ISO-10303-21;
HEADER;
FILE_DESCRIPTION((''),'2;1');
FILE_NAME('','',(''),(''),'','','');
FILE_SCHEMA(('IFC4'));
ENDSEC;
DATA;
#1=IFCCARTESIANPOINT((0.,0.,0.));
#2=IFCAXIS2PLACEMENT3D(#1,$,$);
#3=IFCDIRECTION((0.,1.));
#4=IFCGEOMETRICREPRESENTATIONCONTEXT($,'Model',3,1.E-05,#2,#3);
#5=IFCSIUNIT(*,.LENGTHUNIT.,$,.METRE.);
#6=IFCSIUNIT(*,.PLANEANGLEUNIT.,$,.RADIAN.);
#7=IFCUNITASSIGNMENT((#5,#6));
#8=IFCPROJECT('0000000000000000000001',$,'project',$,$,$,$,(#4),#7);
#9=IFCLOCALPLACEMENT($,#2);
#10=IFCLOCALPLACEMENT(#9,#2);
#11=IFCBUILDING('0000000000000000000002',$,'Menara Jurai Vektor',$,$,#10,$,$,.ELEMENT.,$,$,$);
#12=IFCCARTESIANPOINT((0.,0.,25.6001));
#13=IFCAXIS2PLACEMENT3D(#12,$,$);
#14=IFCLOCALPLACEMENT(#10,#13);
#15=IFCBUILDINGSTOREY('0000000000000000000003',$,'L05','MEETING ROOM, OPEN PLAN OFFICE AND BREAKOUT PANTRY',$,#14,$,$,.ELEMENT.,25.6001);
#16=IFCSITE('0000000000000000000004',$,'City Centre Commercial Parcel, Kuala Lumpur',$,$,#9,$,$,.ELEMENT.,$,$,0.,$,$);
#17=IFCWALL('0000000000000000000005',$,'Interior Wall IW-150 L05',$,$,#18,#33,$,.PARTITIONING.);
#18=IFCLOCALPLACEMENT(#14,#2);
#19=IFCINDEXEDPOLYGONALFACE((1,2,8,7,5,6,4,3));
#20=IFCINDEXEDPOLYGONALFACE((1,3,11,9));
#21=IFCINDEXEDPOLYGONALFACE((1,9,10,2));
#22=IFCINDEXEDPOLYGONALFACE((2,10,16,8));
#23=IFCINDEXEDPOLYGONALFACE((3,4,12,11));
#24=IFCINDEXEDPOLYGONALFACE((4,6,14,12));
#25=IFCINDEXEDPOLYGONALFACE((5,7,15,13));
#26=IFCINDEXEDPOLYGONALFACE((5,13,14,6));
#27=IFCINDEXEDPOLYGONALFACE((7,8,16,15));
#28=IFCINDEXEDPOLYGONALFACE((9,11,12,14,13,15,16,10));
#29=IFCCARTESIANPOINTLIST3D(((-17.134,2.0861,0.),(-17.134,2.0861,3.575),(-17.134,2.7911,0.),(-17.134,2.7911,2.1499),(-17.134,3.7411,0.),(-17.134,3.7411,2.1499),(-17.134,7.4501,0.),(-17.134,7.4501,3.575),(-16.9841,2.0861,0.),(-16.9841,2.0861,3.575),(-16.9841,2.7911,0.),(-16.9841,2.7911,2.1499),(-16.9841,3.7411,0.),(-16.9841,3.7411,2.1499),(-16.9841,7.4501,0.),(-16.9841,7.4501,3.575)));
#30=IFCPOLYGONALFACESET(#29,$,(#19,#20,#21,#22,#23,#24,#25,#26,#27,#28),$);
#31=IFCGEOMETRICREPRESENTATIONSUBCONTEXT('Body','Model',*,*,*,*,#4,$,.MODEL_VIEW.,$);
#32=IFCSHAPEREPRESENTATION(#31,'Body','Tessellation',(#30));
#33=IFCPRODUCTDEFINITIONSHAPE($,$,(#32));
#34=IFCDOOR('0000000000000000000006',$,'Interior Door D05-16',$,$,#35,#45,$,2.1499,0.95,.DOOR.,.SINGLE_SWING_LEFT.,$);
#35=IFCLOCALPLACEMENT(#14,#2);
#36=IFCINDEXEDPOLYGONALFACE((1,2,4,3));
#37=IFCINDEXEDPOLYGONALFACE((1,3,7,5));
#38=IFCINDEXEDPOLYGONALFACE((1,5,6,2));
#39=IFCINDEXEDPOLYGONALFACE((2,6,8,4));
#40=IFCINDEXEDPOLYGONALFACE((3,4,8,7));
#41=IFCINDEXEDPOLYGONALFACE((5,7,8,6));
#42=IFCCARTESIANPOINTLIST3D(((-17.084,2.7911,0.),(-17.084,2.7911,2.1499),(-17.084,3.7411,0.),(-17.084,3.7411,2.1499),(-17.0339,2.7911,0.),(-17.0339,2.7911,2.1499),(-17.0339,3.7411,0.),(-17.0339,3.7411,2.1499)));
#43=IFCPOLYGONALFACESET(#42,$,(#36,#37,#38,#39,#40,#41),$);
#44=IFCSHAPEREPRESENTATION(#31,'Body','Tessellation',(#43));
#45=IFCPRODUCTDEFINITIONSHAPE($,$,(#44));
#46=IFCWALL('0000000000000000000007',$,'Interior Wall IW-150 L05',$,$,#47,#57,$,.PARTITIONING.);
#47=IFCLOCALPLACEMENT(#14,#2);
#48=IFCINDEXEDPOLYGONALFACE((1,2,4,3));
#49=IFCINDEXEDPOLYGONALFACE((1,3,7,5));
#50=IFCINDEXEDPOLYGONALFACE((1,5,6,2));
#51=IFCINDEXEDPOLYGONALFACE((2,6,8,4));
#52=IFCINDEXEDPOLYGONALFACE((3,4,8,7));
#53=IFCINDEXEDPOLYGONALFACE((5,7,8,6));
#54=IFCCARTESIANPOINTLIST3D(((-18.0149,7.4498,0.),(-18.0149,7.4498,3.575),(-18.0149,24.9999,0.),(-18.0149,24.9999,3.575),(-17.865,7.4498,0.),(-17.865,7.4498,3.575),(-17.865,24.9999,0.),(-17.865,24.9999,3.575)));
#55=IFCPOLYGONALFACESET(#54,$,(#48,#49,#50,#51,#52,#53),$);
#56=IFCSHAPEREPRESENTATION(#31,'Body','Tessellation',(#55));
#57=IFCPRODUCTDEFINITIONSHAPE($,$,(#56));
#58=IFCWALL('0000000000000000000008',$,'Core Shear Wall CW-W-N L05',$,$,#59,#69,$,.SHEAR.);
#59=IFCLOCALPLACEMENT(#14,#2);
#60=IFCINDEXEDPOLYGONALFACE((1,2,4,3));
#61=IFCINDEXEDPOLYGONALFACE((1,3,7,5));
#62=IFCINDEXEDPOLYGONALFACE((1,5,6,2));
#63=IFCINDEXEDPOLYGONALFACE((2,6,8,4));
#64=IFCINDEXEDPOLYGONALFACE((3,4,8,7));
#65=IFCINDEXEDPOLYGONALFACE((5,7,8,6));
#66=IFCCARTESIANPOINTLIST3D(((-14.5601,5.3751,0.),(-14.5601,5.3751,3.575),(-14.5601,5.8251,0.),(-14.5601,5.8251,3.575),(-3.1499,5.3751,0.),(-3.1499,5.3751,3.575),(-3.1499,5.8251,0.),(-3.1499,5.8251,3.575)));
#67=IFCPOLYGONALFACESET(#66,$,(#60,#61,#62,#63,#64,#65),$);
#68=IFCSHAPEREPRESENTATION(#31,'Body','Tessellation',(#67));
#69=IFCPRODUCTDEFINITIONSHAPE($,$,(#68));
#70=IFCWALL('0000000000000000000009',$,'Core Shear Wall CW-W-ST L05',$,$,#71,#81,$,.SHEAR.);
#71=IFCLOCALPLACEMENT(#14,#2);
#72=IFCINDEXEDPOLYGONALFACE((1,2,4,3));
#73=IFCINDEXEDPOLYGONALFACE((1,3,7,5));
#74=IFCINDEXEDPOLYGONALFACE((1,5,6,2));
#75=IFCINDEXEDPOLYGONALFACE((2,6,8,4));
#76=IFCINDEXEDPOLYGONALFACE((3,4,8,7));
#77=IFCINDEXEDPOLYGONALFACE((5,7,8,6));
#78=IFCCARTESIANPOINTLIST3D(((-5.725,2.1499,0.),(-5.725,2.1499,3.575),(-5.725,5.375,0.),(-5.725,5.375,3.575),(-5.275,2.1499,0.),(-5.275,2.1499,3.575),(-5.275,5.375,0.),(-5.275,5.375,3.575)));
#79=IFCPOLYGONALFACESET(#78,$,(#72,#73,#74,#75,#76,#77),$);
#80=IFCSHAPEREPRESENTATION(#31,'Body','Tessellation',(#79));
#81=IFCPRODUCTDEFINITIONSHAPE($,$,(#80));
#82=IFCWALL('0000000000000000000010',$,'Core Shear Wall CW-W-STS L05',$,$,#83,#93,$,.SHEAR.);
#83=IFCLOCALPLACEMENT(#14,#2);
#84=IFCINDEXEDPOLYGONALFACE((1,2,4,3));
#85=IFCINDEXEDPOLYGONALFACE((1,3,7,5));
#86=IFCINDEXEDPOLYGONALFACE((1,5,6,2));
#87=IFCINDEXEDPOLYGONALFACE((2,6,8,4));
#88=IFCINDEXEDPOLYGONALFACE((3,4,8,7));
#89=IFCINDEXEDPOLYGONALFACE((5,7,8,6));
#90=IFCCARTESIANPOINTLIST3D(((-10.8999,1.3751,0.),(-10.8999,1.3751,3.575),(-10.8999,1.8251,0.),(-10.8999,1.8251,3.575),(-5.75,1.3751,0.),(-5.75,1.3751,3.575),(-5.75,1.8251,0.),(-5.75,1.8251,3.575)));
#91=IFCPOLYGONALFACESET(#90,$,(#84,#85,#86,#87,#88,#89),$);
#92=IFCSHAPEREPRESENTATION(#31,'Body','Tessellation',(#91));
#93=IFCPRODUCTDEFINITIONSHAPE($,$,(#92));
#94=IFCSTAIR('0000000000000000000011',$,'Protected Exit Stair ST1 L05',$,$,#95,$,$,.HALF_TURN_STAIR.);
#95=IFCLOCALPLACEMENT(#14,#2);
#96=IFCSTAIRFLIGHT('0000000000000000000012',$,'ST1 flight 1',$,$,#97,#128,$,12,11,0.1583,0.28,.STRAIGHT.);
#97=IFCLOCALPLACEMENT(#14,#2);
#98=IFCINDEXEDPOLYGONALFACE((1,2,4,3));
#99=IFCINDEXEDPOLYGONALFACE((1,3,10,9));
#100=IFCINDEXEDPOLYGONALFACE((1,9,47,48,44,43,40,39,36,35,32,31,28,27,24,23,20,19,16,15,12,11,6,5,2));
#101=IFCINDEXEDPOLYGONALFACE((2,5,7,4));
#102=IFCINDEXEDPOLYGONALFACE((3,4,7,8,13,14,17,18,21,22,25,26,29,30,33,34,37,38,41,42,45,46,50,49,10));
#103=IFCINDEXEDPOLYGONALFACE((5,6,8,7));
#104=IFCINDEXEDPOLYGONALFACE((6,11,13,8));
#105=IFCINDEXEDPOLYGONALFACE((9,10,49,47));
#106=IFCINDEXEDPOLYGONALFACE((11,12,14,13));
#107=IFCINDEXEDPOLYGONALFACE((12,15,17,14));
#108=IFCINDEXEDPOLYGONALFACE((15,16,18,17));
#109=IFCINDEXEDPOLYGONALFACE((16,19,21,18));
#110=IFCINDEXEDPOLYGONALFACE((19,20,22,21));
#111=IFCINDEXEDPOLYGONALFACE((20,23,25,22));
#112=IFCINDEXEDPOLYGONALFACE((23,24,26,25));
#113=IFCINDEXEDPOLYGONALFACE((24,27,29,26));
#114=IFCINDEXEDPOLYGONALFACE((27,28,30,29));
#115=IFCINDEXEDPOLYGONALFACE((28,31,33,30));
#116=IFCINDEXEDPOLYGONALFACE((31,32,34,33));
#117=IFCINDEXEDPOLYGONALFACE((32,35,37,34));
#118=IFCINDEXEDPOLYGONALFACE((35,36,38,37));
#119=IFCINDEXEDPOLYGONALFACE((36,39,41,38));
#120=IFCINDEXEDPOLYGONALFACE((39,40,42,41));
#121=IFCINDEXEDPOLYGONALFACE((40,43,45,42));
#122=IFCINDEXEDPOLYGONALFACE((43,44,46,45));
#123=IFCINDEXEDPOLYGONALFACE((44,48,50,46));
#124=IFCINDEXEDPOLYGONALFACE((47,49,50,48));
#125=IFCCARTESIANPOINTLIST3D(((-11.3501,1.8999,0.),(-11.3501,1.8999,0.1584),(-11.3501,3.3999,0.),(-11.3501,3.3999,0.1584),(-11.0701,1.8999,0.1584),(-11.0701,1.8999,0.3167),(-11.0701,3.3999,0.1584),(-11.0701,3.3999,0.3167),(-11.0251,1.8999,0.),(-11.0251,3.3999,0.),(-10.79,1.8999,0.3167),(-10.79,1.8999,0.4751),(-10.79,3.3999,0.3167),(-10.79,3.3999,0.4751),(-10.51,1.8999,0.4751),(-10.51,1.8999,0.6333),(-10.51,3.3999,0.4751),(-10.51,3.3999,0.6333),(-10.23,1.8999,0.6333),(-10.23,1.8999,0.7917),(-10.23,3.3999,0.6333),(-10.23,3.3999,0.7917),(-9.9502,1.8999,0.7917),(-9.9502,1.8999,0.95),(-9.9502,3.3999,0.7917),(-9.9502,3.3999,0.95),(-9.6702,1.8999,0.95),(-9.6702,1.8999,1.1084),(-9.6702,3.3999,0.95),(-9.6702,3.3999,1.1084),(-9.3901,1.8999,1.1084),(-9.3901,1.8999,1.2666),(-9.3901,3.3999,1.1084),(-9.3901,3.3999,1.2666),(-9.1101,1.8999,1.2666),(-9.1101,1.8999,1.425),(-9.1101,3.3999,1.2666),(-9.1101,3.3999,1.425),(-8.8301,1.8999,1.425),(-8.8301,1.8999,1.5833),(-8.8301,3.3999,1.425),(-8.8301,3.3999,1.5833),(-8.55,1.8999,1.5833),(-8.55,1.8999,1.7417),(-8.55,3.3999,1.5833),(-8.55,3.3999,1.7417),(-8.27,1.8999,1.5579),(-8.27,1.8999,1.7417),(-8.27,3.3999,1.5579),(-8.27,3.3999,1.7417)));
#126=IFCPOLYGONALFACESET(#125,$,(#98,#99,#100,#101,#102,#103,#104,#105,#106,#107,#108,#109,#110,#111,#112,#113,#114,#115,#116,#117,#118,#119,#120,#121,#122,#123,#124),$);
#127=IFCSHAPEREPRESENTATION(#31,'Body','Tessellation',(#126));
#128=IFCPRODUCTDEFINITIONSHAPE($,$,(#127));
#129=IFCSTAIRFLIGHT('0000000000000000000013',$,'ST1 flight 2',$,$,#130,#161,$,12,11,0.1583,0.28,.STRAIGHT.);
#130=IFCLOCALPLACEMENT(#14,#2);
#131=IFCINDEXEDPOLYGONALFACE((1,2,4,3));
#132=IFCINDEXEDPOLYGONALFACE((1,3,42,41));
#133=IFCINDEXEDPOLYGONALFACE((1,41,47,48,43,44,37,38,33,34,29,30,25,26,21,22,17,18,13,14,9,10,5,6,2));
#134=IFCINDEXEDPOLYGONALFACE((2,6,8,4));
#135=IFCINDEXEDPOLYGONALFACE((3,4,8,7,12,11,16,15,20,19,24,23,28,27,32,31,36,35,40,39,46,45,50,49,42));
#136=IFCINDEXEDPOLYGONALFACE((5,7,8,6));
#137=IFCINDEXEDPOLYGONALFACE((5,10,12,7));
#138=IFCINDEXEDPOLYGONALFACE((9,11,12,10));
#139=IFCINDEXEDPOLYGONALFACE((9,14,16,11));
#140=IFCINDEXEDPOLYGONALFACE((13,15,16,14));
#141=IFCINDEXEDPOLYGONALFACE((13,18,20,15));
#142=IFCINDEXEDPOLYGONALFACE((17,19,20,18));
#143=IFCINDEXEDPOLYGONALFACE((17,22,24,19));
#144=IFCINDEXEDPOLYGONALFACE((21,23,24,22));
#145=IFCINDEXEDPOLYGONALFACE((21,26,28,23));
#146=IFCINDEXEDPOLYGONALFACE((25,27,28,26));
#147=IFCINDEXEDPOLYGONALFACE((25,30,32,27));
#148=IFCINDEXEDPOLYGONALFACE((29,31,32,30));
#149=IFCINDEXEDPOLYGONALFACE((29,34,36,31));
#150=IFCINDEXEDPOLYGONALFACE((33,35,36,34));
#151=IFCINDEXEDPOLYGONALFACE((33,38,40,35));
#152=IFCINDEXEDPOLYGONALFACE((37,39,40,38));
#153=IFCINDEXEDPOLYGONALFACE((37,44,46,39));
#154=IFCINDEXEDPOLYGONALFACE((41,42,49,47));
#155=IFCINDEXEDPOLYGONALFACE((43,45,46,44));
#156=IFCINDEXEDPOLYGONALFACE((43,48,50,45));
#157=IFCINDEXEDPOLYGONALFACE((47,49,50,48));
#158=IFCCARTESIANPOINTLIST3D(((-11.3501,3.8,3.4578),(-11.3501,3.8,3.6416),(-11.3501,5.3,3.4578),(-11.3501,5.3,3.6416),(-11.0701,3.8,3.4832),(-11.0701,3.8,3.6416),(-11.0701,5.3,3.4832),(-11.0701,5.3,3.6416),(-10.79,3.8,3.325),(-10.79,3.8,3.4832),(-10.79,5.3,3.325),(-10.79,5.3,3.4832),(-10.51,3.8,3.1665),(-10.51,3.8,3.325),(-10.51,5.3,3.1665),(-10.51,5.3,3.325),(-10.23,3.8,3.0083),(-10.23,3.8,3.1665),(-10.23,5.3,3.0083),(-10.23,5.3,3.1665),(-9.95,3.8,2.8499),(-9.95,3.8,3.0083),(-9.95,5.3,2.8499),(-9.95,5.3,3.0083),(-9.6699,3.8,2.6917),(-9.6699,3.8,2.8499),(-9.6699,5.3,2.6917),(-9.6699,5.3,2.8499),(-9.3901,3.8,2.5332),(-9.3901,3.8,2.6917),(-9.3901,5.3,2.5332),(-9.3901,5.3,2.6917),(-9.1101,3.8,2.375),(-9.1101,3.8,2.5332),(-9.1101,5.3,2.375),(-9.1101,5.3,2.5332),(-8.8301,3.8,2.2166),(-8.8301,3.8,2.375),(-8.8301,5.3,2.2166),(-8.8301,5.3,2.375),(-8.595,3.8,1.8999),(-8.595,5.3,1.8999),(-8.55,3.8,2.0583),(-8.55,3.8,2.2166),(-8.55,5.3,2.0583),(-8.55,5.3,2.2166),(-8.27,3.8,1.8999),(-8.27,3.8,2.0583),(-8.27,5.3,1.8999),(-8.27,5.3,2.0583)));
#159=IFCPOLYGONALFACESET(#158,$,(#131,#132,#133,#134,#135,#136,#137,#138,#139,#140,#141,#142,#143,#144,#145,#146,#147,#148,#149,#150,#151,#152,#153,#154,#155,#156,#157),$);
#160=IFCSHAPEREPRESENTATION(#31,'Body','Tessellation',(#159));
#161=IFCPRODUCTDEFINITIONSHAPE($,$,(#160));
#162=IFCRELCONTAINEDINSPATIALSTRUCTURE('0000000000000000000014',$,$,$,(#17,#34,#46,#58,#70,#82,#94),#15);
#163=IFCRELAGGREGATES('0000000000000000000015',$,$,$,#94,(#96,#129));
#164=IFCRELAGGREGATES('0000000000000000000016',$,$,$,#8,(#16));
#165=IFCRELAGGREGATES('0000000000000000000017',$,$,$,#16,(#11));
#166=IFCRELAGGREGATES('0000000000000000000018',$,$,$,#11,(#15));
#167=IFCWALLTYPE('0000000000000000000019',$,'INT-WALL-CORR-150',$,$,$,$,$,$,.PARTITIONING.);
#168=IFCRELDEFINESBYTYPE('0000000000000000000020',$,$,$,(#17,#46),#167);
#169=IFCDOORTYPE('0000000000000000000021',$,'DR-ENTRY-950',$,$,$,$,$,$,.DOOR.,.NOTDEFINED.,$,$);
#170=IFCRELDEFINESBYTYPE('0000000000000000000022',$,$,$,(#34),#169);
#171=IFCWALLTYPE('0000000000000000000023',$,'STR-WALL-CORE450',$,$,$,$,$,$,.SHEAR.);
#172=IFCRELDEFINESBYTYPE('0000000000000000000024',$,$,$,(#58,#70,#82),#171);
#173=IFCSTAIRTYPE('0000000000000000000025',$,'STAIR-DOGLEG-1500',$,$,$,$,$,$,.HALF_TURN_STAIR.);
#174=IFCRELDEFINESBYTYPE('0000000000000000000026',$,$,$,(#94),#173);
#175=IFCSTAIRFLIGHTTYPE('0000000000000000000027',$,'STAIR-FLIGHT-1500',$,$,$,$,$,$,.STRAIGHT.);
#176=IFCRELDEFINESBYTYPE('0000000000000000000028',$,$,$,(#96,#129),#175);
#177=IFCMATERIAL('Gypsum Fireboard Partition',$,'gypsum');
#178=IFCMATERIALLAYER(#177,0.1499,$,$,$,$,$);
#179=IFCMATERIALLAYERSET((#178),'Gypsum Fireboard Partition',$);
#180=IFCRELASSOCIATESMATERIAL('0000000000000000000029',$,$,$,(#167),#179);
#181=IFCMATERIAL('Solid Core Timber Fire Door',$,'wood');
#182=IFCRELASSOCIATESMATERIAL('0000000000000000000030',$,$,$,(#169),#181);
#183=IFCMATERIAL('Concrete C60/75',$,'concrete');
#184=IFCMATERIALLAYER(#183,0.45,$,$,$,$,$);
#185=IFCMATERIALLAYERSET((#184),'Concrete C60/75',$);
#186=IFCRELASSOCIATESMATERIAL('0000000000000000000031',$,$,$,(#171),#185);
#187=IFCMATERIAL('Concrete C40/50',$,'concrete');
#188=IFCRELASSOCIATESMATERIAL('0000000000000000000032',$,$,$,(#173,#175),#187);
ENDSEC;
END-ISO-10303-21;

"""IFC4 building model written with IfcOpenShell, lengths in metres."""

from ifc_helpers import new_model, si_unit, direction, frame, frame_2d, origin, place, context, subcontext, project, spatial, polyline, rectangle, outline, extrude, material, layer, layer_set, type_object, element, fill, aggregate, save


model = new_model("IFC4")

# Units and contexts
model_context = context("Model", 3, precision=1e-05, world=origin(), true_north=direction((0.0, 1.0)))
body_context = subcontext(model_context, "Body", "Model", "MODEL_VIEW")
ifc_project = project(units=[si_unit("LENGTHUNIT", "METRE"), si_unit("PLANEANGLEUNIT", "RADIAN")], contexts=[model_context])

# Site, building, storey
site_placement = place(None, origin())
site = spatial("IfcSite", under=ifc_project, at=site_placement, Name="City Centre Commercial Parcel, Kuala Lumpur", CompositionType="ELEMENT", RefElevation=0.0)
building_placement = place(site_placement, origin())
building = spatial("IfcBuilding", under=site, at=building_placement, Name="Menara Jurai Vektor", CompositionType="ELEMENT")
storey_placement = place(building_placement, frame((0.0, 0.0, 25.6001)))
storey = spatial("IfcBuildingStorey", under=building, at=storey_placement, Name="L05", Description="MEETING ROOM, OPEN PLAN OFFICE AND BREAKOUT PANTRY", CompositionType="ELEMENT", Elevation=25.6001)

# Shared definitions
ifc_material_1 = material(Name="Concrete C60/75", Category="concrete")

# Shared definitions
ifc_material_2 = material(Name="Concrete C40/50", Category="concrete")

# Shared definitions
ifc_material_3 = material(Name="Gypsum Fireboard Partition", Category="gypsum")
ifc_layer_1 = layer(ifc_material_3, 0.1499)
ifc_layer_set_1 = layer_set([ifc_layer_1], Name="Gypsum Fireboard Partition")
wall_type_1 = type_object("IfcWallType", Name="INT-WALL-CORR-150", PredefinedType="PARTITIONING", material=ifc_layer_set_1)

# Wall, opening, door
ifc_material_4 = material(Name="Solid Core Timber Fire Door", Category="wood")
door_type_1 = type_object("IfcDoorType", Name="DR-ENTRY-950", OperationType="NOTDEFINED", PredefinedType="DOOR", material=ifc_material_4)
wall_1_placement = place(storey_placement, frame((-17.0591, 2.0859, 0.0), z_axis=(0.0, 0.0, 1.0), x_axis=(0.0, 1.0, 0.0)))
wall_1 = element("IfcWall", 1, at=wall_1_placement, inside=storey, type_object=wall_type_1, Name="Interior Wall IW-150 L05", PredefinedType="PARTITIONING", context=body_context, shape_type="SweptSolid", body=[
    extrude(rectangle(XDim=5.364, YDim=0.1499, at=frame_2d((2.6821, 0.0))), origin(), (0.0, 0.0, 1.0), 3.575),
])
opening_1_placement = place(wall_1_placement, frame((0.7051, 0.0, 0.0)))
opening_1 = element("IfcOpeningElement", 2, at=opening_1_placement, cuts=wall_1, PredefinedType="OPENING", context=body_context, shape_type="SweptSolid", body=[
    extrude(rectangle(XDim=0.95, YDim=2.1499, at=frame_2d((0.4751, 1.075))), frame((0.0, 0.085, 0.0), z_axis=(0.0, -1.0, 0.0), x_axis=(1.0, 0.0, 0.0)), (0.0, 0.0, 1.0), 0.1699),
])
door_1_placement = place(opening_1_placement, origin())
door_1 = element("IfcDoor", 3, at=door_1_placement, inside=storey, type_object=door_type_1, Name="Interior Door D05-16", OperationType="SINGLE_SWING_LEFT", OverallHeight=2.1499, OverallWidth=0.95, PredefinedType="DOOR", context=body_context, shape_type="SweptSolid", body=[
    extrude(rectangle(XDim=0.95, YDim=2.1499, at=frame_2d((0.4751, 1.075))), frame((0.0, 0.0249, 0.0), z_axis=(0.0, -1.0, 0.0), x_axis=(1.0, 0.0, 0.0)), (0.0, 0.0, 1.0), 0.05),
])
fill(opening_1, door_1)

# Walls
wall_2_placement = place(storey_placement, frame((-17.9399, 7.45, 0.0), z_axis=(0.0, 0.0, 1.0), x_axis=(0.0, 1.0, 0.0)))
element("IfcWall", 4, at=wall_2_placement, inside=storey, type_object=wall_type_1, Name="Interior Wall IW-150 L05", PredefinedType="PARTITIONING", context=body_context, shape_type="SweptSolid", body=[
    extrude(rectangle(XDim=17.55, YDim=0.1499, at=frame_2d((8.7749, 0.0))), origin(), (0.0, 0.0, 1.0), 3.575),
])
ifc_layer_2 = layer(ifc_material_1, 0.45)
ifc_layer_set_2 = layer_set([ifc_layer_2], Name="Concrete C60/75")
wall_type_2 = type_object("IfcWallType", Name="STR-WALL-CORE450", PredefinedType="SHEAR", material=ifc_layer_set_2)
wall_3_placement = place(storey_placement, frame((-14.5601, 5.6001, 0.0), z_axis=(0.0, 0.0, 1.0), x_axis=(1.0, 0.0, 0.0)))
element("IfcWall", 5, at=wall_3_placement, inside=storey, type_object=wall_type_2, Name="Core Shear Wall CW-W-N L05", PredefinedType="SHEAR", context=body_context, shape_type="SweptSolid", body=[
    extrude(rectangle(XDim=11.4102, YDim=0.45, at=frame_2d((5.7051, 0.0))), origin(), (0.0, 0.0, 1.0), 3.575),
])
wall_4_placement = place(storey_placement, frame((-5.5, 2.1499, 0.0), z_axis=(0.0, 0.0, 1.0), x_axis=(0.0, 1.0, 0.0)))
element("IfcWall", 6, at=wall_4_placement, inside=storey, type_object=wall_type_2, Name="Core Shear Wall CW-W-ST L05", PredefinedType="SHEAR", context=body_context, shape_type="SweptSolid", body=[
    extrude(rectangle(XDim=3.2251, YDim=0.45, at=frame_2d((1.6125, 0.0))), origin(), (0.0, 0.0, 1.0), 3.575),
])
wall_5_placement = place(storey_placement, frame((-10.8999, 1.6001, 0.0), z_axis=(0.0, 0.0, 1.0), x_axis=(1.0, 0.0, 0.0)))
element("IfcWall", 7, at=wall_5_placement, inside=storey, type_object=wall_type_2, Name="Core Shear Wall CW-W-STS L05", PredefinedType="SHEAR", context=body_context, shape_type="SweptSolid", body=[
    extrude(rectangle(XDim=5.1499, YDim=0.45, at=frame_2d((2.575, 0.0))), origin(), (0.0, 0.0, 1.0), 3.575),
])

# Stair, stair flights
stair_type = type_object("IfcStairType", Name="STAIR-DOGLEG-1500", PredefinedType="HALF_TURN_STAIR", material=ifc_material_2)
stair_placement = place(storey_placement, origin())
stair = element("IfcStair", 8, at=stair_placement, inside=storey, type_object=stair_type, Name="Protected Exit Stair ST1 L05", PredefinedType="HALF_TURN_STAIR")
stair_flight_type = type_object("IfcStairFlightType", Name="STAIR-FLIGHT-1500", PredefinedType="STRAIGHT", material=ifc_material_2)
stair_flight_1_placement = place(storey_placement, frame((-11.3501, 2.6499, 0.0), z_axis=(0.0, 0.0, 1.0), x_axis=(1.0, 0.0, 0.0)))
stair_flight_1 = element("IfcStairFlight", 9, at=stair_flight_1_placement, type_object=stair_flight_type, Name="ST1 flight 1", NumberOfRisers=12, NumberOfTreads=11, PredefinedType="STRAIGHT", RiserHeight=0.1583, TreadLength=0.28, context=body_context, shape_type="SweptSolid", body=[
    extrude(outline(polyline([(0.0, 0.0), (0.0, 0.1584), (0.28, 0.1584), (0.28, 0.3167), (0.5601, 0.3167), (0.5601, 0.4751), (0.8401, 0.4751), (0.8401, 0.6333), (1.1201, 0.6333), (1.1201, 0.7917), (1.3999, 0.7917), (1.3999, 0.95), (1.6799, 0.95), (1.6799, 1.1084), (1.96, 1.1084), (1.96, 1.2666), (2.24, 1.2666), (2.24, 1.425), (2.52, 1.425), (2.52, 1.5833), (2.8, 1.5833), (2.8, 1.7417), (3.0801, 1.7417), (3.0801, 1.8999), (3.0801, 1.5579), (0.325, 0.0), (0.0, 0.0)])), frame((0.0, 0.75, 0.0), z_axis=(0.0, -1.0, 0.0), x_axis=(1.0, 0.0, 0.0)), (0.0, 0.0, 1.0), 1.5),
])
stair_flight_2_placement = place(storey_placement, frame((-8.27, 4.55, 1.8999), z_axis=(0.0, 0.0, 1.0), x_axis=(-1.0, 0.0, 0.0)))
stair_flight_2 = element("IfcStairFlight", 10, at=stair_flight_2_placement, type_object=stair_flight_type, Name="ST1 flight 2", NumberOfRisers=12, NumberOfTreads=11, PredefinedType="STRAIGHT", RiserHeight=0.1583, TreadLength=0.28, context=body_context, shape_type="SweptSolid", body=[
    extrude(outline(polyline([(0.0, 0.0), (0.0, 0.1584), (0.28, 0.1584), (0.28, 0.3167), (0.5601, 0.3167), (0.5601, 0.4751), (0.8401, 0.4751), (0.8401, 0.6333), (1.1201, 0.6333), (1.1201, 0.7917), (1.3999, 0.7917), (1.3999, 0.95), (1.6799, 0.95), (1.6799, 1.1084), (1.96, 1.1084), (1.96, 1.2666), (2.24, 1.2666), (2.24, 1.425), (2.52, 1.425), (2.52, 1.5833), (2.8, 1.5833), (2.8, 1.7417), (3.0801, 1.7417), (3.0801, 1.8999), (3.0801, 1.5579), (0.325, 0.0), (0.0, 0.0)])), frame((0.0, 0.75, 0.0), z_axis=(0.0, -1.0, 0.0), x_axis=(1.0, 0.0, 0.0)), (0.0, 0.0, 1.0), 1.5),
])
aggregate(stair, [stair_flight_1, stair_flight_2])

save(model, "model.ifc")
